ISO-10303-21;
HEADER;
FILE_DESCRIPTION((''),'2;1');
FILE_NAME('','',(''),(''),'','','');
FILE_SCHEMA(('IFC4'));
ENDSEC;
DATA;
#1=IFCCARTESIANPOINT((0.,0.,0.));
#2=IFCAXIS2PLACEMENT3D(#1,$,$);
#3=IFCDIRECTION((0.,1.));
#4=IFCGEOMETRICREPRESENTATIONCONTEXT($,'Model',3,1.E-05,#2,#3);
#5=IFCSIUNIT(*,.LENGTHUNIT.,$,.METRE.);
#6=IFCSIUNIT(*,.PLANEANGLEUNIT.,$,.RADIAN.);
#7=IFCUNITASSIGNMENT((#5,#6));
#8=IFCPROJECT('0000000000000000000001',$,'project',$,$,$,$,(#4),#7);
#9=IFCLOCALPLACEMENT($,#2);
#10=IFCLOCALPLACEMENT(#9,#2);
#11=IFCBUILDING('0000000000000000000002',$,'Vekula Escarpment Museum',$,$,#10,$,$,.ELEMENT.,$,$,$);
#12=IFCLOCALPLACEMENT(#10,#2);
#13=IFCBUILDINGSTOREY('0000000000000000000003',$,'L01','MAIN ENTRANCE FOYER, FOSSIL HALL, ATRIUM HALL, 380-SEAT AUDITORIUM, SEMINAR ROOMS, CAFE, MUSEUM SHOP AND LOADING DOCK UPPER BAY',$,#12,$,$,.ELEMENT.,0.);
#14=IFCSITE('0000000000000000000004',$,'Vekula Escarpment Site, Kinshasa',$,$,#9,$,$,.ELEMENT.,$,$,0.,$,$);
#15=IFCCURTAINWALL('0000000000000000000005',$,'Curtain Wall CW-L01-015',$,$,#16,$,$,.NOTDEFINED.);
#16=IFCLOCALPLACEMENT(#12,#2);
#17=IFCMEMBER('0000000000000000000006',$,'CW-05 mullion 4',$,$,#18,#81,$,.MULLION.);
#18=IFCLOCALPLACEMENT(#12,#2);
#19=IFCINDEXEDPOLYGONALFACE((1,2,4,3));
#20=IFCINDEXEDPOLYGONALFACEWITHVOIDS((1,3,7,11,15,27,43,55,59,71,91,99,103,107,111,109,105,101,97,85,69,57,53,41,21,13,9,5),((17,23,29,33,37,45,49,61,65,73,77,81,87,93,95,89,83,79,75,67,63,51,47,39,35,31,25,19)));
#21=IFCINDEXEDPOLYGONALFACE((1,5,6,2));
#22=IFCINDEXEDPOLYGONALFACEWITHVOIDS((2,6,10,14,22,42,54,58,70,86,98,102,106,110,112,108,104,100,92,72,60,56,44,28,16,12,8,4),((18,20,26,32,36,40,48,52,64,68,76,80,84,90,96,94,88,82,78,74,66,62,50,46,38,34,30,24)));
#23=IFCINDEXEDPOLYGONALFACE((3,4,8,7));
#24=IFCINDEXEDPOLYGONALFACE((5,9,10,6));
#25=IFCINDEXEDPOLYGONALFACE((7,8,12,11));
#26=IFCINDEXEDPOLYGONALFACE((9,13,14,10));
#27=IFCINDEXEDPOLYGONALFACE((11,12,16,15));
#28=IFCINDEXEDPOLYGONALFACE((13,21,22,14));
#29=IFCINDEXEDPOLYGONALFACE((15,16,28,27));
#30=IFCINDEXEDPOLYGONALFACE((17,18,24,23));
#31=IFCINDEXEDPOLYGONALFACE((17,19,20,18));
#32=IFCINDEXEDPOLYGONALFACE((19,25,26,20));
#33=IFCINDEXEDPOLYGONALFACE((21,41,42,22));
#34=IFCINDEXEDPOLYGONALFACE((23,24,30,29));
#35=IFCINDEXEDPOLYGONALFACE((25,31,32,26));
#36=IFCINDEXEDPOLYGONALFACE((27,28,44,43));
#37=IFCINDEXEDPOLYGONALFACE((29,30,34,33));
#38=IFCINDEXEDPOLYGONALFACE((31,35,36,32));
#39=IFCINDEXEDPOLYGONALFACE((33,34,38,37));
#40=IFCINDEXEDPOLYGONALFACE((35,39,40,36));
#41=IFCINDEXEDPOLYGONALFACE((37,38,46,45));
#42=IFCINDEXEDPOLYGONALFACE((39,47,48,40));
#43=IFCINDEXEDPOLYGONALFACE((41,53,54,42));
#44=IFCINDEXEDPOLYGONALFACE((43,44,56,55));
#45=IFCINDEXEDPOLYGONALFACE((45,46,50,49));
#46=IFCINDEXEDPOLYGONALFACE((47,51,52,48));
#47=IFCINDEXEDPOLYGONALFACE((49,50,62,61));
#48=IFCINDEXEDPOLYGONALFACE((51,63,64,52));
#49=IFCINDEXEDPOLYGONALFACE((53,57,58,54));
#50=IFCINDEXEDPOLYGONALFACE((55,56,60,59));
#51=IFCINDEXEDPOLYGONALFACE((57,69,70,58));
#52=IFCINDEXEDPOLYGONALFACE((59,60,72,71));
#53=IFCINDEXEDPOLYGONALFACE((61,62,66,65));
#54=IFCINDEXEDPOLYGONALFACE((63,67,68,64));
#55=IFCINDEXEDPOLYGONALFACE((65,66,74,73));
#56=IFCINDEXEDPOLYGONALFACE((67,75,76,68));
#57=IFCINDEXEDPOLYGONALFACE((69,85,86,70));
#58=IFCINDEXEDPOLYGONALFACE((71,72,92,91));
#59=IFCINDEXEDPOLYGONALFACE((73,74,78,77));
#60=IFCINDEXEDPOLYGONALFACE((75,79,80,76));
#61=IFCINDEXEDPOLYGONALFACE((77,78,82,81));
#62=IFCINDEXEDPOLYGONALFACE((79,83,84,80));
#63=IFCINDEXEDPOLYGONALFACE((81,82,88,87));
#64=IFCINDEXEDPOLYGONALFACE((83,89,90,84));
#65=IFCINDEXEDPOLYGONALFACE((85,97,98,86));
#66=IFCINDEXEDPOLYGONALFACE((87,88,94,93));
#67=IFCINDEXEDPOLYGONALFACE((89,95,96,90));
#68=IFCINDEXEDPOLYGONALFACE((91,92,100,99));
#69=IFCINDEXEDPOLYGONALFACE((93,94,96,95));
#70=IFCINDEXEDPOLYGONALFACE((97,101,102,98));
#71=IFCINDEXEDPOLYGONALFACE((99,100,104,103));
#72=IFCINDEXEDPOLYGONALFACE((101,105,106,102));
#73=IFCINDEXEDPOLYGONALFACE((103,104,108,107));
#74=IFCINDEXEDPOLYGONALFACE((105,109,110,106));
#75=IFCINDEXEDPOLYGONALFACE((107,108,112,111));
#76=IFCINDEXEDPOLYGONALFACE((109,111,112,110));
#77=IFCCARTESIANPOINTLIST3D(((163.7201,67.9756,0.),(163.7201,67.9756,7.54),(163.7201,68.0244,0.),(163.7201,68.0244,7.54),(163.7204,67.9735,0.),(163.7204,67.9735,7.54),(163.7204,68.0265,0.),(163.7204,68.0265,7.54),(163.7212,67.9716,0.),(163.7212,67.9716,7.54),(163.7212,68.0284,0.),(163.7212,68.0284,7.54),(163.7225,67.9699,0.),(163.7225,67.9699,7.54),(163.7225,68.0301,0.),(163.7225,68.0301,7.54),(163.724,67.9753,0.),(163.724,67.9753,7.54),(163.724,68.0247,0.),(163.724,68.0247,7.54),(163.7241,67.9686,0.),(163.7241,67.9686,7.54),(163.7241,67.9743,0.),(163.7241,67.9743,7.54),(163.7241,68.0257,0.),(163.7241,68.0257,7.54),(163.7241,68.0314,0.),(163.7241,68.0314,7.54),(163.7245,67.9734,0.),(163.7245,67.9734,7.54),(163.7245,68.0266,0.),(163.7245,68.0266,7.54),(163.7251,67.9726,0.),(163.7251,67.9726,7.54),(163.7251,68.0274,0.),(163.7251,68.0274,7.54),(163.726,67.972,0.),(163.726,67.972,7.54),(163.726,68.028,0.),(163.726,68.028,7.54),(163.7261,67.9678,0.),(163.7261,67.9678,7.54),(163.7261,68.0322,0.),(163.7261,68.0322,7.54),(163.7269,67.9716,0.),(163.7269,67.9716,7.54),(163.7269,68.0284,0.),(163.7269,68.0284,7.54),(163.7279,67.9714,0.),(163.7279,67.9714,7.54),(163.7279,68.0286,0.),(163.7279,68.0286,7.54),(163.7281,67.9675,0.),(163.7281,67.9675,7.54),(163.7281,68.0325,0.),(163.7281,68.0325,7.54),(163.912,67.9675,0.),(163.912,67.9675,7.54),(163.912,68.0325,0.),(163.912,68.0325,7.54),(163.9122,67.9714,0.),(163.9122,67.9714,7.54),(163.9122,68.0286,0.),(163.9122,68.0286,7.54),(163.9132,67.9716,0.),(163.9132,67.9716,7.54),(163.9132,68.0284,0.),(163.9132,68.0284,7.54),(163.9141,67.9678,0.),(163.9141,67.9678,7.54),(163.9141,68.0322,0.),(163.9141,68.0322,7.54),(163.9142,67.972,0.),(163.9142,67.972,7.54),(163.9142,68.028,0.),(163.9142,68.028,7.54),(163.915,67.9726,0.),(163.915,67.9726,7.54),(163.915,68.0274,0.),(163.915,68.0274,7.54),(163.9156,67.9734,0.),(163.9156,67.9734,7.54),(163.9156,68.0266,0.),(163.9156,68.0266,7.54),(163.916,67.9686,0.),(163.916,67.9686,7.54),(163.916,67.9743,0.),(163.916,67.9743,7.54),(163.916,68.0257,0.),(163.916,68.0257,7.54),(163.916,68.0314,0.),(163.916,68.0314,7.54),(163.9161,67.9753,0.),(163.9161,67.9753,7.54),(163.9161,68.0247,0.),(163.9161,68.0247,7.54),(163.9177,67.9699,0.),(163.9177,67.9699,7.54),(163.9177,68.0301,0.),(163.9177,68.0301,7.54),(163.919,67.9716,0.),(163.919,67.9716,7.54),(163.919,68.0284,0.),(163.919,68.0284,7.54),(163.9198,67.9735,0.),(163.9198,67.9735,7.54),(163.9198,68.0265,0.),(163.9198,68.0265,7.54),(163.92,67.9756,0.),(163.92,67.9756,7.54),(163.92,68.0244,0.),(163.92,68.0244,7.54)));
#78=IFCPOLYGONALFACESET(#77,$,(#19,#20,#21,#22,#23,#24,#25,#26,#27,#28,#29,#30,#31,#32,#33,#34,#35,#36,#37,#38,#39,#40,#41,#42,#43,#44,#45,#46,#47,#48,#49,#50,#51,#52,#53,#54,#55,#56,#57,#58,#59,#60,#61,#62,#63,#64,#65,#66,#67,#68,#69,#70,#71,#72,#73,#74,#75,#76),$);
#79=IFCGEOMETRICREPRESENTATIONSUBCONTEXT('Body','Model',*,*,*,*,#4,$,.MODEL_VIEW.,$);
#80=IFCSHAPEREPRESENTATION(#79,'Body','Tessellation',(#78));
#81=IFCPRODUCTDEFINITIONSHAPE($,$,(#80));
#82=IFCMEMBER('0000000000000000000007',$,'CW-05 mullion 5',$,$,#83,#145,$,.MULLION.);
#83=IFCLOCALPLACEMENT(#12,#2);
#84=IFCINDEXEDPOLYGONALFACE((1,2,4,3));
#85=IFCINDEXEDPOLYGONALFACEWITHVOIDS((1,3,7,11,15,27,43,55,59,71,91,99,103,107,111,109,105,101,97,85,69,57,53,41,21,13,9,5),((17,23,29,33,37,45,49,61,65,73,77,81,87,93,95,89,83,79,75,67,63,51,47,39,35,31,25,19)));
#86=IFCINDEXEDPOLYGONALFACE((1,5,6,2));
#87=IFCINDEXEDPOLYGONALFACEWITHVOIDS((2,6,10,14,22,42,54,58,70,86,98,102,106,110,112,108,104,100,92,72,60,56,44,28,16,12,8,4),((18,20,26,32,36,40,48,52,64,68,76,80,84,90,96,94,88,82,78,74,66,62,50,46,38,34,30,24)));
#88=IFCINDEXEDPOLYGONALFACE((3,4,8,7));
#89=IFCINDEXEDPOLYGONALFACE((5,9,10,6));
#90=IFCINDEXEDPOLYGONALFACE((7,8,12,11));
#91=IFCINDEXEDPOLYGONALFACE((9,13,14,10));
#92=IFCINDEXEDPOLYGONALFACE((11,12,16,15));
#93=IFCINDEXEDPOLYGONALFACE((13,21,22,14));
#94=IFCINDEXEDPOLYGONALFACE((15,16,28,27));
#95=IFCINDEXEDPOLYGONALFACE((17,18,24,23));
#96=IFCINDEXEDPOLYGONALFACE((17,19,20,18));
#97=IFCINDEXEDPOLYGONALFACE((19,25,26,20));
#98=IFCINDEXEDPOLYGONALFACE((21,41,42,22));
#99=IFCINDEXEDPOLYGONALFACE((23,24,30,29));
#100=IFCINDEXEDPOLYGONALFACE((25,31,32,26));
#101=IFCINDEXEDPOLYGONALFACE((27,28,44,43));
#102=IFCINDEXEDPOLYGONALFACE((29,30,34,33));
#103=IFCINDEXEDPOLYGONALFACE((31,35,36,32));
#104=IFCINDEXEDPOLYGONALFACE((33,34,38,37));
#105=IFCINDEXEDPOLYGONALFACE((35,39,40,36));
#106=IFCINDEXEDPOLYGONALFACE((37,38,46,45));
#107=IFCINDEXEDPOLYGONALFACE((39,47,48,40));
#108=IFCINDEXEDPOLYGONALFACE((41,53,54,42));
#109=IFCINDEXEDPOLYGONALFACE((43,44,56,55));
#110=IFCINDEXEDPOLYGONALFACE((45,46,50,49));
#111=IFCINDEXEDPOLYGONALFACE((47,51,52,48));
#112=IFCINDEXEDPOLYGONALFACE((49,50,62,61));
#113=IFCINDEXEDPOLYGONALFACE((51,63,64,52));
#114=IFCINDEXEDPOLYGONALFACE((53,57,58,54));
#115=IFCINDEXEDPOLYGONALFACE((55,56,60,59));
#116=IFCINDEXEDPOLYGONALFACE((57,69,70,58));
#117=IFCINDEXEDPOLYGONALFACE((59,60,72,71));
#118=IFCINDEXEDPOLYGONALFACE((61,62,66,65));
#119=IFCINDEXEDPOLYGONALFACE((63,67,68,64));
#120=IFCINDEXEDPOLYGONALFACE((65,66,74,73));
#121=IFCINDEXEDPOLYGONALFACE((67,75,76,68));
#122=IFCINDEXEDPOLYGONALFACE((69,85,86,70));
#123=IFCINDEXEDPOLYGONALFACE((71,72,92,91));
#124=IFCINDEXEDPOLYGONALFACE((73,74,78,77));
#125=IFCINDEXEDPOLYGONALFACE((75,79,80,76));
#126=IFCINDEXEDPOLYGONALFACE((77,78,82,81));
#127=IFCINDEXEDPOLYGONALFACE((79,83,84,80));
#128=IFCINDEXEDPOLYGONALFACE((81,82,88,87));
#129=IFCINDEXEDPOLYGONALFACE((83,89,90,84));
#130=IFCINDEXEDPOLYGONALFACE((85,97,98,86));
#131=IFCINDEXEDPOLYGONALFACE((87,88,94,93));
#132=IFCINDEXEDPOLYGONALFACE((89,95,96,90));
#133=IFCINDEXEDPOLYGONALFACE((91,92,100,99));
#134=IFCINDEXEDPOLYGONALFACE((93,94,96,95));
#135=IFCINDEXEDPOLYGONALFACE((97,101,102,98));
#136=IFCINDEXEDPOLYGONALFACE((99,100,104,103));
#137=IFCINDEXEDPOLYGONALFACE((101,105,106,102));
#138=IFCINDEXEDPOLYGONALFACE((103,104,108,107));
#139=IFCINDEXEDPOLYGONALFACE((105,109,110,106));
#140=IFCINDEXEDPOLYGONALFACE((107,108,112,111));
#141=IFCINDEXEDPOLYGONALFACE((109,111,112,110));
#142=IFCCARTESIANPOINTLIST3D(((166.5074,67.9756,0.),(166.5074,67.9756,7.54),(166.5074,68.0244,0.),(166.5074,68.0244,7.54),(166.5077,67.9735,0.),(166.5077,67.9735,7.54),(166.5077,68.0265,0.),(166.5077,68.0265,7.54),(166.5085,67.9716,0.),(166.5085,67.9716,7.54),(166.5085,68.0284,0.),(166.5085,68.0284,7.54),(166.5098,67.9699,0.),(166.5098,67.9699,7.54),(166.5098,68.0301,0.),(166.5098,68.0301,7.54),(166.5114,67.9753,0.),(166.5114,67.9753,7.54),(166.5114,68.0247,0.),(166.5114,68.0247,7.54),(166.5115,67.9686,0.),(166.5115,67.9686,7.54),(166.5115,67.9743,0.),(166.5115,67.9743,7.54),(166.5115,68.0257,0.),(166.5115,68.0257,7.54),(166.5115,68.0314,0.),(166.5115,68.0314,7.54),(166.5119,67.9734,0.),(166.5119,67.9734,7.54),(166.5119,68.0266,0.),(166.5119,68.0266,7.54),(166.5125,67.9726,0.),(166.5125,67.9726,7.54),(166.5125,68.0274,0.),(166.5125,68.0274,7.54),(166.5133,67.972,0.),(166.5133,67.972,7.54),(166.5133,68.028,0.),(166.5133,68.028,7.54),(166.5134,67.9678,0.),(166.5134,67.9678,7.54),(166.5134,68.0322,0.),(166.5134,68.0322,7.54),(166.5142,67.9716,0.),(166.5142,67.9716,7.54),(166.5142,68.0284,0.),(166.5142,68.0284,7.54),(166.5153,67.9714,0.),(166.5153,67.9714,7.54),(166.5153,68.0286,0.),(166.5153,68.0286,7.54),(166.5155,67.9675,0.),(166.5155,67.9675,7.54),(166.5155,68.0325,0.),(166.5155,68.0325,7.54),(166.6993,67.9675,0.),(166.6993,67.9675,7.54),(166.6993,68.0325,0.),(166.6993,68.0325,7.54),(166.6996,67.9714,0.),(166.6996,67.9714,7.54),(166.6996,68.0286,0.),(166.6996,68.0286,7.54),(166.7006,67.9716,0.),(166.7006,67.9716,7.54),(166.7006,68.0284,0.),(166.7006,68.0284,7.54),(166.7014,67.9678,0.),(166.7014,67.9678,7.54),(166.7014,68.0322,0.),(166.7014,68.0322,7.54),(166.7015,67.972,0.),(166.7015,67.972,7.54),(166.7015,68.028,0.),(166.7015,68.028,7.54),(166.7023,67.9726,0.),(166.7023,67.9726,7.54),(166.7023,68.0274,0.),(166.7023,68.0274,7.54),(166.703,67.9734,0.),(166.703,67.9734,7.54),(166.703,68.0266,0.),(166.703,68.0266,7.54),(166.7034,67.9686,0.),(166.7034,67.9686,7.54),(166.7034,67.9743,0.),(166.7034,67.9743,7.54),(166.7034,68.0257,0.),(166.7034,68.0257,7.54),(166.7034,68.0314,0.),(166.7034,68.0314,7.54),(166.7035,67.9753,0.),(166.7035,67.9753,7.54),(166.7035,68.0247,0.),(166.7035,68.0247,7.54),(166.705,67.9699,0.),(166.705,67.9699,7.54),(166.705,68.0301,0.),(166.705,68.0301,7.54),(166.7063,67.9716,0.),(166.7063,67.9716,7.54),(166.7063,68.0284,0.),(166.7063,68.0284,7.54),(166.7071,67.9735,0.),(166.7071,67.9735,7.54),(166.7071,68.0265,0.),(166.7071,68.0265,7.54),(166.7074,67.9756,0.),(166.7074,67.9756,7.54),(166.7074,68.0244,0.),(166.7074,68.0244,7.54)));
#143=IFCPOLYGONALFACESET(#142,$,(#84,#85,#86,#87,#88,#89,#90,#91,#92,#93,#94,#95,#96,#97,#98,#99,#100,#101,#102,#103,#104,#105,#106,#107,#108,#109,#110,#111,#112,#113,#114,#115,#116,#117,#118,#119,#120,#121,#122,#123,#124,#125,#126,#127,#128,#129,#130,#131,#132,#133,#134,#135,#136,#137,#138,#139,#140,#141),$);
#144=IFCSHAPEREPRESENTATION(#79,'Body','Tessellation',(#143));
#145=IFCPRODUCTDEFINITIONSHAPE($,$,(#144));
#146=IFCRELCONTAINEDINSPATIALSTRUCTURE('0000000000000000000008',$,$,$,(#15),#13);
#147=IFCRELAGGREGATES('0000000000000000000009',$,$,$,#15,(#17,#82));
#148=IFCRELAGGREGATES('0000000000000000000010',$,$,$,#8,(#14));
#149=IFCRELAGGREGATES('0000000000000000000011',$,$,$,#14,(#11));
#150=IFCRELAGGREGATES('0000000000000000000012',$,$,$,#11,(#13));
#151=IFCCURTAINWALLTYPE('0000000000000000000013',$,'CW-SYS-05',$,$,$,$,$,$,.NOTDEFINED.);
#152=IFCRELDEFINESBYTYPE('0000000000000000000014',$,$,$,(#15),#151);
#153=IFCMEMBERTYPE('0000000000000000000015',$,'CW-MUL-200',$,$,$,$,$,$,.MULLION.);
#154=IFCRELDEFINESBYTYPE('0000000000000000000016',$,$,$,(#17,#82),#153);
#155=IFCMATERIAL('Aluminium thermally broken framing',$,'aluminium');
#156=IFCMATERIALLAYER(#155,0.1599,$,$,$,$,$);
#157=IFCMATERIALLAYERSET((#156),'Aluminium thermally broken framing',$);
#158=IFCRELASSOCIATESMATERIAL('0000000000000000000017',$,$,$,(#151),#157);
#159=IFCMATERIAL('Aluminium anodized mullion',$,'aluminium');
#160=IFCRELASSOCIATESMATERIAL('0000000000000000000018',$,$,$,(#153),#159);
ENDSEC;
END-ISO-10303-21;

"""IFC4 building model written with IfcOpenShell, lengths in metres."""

from ifc_helpers import new_model, si_unit, direction, frame, origin, origin_2d, place, context, subcontext, project, spatial, hollow_rectangle, extrude, material, layer, layer_set, material_profile, profile_set, type_object, element, aggregate, save


model = new_model("IFC4")

# Units and contexts
model_context = context("Model", 3, precision=1e-05, world=origin(), true_north=direction((0.0, 1.0)))
body_context = subcontext(model_context, "Body", "Model", "MODEL_VIEW")
ifc_project = project(units=[si_unit("LENGTHUNIT", "METRE"), si_unit("PLANEANGLEUNIT", "RADIAN")], contexts=[model_context])

# Site, building, storey
site_placement = place(None, origin())
site = spatial("IfcSite", under=ifc_project, at=site_placement, Name="Vekula Escarpment Site, Kinshasa", CompositionType="ELEMENT", RefElevation=0.0)
building_placement = place(site_placement, origin())
building = spatial("IfcBuilding", under=site, at=building_placement, Name="Vekula Escarpment Museum", CompositionType="ELEMENT")
storey_placement = place(building_placement, origin())
storey = spatial("IfcBuildingStorey", under=building, at=storey_placement, Name="L01", Description="MAIN ENTRANCE FOYER, FOSSIL HALL, ATRIUM HALL, 380-SEAT AUDITORIUM, SEMINAR ROOMS, CAFE, MUSEUM SHOP AND LOADING DOCK UPPER BAY", CompositionType="ELEMENT", Elevation=0.0)

# Curtain wall, members
ifc_material_1 = material(Name="Aluminium thermally broken framing", Category="aluminium")
ifc_layer_1 = layer(ifc_material_1, 0.1599)
ifc_layer_set_1 = layer_set([ifc_layer_1], Name="Aluminium thermally broken framing")
curtain_wall_type_1 = type_object("IfcCurtainWallType", Name="CW-SYS-05", PredefinedType="NOTDEFINED", material=ifc_layer_set_1)
curtain_wall_1_placement = place(storey_placement, origin())
curtain_wall_1 = element("IfcCurtainWall", 1, at=curtain_wall_1_placement, inside=storey, type_object=curtain_wall_type_1, Name="Curtain Wall CW-L01-015", PredefinedType="NOTDEFINED")
ifc_material_2 = material(Name="Aluminium anodized mullion", Category="aluminium")
ifc_material_profile_1 = material_profile(ifc_material_2, hollow_rectangle(XDim=0.0649, YDim=0.2, WallThickness=0.0039, InnerFilletRadius=0.0039, OuterFilletRadius=0.0081, at=origin_2d()), Name="ALU 200x65x4")
ifc_profile_set_1 = profile_set([ifc_material_profile_1], Name="Aluminium anodized mullion")
member_type_1 = type_object("IfcMemberType", Name="CW-MUL-200", PredefinedType="MULLION", material=ifc_profile_set_1)
member_1_placement = place(storey_placement, frame((163.8201, 68.0, 0.0), z_axis=(0.0, 0.0, 1.0), x_axis=(0.0, 1.0, 0.0)))
member_1 = element("IfcMember", 2, at=member_1_placement, type_object=member_type_1, Name="CW-05 mullion 4", PredefinedType="MULLION", context=body_context, shape_type="SweptSolid", body=[
    extrude(hollow_rectangle(XDim=0.0649, YDim=0.2, WallThickness=0.0039, InnerFilletRadius=0.0039, OuterFilletRadius=0.0081, at=origin_2d()), origin(), (0.0, 0.0, 1.0), 7.54),
])
member_2_placement = place(storey_placement, frame((166.6074, 68.0, 0.0), z_axis=(0.0, 0.0, 1.0), x_axis=(0.0, 1.0, 0.0)))
member_2 = element("IfcMember", 3, at=member_2_placement, type_object=member_type_1, Name="CW-05 mullion 5", PredefinedType="MULLION", context=body_context, shape_type="SweptSolid", body=[
    extrude(hollow_rectangle(XDim=0.0649, YDim=0.2, WallThickness=0.0039, InnerFilletRadius=0.0039, OuterFilletRadius=0.0081, at=origin_2d()), origin(), (0.0, 0.0, 1.0), 7.54),
])

aggregate(curtain_wall_1, [member_1, member_2])

save(model, "model.ifc")
